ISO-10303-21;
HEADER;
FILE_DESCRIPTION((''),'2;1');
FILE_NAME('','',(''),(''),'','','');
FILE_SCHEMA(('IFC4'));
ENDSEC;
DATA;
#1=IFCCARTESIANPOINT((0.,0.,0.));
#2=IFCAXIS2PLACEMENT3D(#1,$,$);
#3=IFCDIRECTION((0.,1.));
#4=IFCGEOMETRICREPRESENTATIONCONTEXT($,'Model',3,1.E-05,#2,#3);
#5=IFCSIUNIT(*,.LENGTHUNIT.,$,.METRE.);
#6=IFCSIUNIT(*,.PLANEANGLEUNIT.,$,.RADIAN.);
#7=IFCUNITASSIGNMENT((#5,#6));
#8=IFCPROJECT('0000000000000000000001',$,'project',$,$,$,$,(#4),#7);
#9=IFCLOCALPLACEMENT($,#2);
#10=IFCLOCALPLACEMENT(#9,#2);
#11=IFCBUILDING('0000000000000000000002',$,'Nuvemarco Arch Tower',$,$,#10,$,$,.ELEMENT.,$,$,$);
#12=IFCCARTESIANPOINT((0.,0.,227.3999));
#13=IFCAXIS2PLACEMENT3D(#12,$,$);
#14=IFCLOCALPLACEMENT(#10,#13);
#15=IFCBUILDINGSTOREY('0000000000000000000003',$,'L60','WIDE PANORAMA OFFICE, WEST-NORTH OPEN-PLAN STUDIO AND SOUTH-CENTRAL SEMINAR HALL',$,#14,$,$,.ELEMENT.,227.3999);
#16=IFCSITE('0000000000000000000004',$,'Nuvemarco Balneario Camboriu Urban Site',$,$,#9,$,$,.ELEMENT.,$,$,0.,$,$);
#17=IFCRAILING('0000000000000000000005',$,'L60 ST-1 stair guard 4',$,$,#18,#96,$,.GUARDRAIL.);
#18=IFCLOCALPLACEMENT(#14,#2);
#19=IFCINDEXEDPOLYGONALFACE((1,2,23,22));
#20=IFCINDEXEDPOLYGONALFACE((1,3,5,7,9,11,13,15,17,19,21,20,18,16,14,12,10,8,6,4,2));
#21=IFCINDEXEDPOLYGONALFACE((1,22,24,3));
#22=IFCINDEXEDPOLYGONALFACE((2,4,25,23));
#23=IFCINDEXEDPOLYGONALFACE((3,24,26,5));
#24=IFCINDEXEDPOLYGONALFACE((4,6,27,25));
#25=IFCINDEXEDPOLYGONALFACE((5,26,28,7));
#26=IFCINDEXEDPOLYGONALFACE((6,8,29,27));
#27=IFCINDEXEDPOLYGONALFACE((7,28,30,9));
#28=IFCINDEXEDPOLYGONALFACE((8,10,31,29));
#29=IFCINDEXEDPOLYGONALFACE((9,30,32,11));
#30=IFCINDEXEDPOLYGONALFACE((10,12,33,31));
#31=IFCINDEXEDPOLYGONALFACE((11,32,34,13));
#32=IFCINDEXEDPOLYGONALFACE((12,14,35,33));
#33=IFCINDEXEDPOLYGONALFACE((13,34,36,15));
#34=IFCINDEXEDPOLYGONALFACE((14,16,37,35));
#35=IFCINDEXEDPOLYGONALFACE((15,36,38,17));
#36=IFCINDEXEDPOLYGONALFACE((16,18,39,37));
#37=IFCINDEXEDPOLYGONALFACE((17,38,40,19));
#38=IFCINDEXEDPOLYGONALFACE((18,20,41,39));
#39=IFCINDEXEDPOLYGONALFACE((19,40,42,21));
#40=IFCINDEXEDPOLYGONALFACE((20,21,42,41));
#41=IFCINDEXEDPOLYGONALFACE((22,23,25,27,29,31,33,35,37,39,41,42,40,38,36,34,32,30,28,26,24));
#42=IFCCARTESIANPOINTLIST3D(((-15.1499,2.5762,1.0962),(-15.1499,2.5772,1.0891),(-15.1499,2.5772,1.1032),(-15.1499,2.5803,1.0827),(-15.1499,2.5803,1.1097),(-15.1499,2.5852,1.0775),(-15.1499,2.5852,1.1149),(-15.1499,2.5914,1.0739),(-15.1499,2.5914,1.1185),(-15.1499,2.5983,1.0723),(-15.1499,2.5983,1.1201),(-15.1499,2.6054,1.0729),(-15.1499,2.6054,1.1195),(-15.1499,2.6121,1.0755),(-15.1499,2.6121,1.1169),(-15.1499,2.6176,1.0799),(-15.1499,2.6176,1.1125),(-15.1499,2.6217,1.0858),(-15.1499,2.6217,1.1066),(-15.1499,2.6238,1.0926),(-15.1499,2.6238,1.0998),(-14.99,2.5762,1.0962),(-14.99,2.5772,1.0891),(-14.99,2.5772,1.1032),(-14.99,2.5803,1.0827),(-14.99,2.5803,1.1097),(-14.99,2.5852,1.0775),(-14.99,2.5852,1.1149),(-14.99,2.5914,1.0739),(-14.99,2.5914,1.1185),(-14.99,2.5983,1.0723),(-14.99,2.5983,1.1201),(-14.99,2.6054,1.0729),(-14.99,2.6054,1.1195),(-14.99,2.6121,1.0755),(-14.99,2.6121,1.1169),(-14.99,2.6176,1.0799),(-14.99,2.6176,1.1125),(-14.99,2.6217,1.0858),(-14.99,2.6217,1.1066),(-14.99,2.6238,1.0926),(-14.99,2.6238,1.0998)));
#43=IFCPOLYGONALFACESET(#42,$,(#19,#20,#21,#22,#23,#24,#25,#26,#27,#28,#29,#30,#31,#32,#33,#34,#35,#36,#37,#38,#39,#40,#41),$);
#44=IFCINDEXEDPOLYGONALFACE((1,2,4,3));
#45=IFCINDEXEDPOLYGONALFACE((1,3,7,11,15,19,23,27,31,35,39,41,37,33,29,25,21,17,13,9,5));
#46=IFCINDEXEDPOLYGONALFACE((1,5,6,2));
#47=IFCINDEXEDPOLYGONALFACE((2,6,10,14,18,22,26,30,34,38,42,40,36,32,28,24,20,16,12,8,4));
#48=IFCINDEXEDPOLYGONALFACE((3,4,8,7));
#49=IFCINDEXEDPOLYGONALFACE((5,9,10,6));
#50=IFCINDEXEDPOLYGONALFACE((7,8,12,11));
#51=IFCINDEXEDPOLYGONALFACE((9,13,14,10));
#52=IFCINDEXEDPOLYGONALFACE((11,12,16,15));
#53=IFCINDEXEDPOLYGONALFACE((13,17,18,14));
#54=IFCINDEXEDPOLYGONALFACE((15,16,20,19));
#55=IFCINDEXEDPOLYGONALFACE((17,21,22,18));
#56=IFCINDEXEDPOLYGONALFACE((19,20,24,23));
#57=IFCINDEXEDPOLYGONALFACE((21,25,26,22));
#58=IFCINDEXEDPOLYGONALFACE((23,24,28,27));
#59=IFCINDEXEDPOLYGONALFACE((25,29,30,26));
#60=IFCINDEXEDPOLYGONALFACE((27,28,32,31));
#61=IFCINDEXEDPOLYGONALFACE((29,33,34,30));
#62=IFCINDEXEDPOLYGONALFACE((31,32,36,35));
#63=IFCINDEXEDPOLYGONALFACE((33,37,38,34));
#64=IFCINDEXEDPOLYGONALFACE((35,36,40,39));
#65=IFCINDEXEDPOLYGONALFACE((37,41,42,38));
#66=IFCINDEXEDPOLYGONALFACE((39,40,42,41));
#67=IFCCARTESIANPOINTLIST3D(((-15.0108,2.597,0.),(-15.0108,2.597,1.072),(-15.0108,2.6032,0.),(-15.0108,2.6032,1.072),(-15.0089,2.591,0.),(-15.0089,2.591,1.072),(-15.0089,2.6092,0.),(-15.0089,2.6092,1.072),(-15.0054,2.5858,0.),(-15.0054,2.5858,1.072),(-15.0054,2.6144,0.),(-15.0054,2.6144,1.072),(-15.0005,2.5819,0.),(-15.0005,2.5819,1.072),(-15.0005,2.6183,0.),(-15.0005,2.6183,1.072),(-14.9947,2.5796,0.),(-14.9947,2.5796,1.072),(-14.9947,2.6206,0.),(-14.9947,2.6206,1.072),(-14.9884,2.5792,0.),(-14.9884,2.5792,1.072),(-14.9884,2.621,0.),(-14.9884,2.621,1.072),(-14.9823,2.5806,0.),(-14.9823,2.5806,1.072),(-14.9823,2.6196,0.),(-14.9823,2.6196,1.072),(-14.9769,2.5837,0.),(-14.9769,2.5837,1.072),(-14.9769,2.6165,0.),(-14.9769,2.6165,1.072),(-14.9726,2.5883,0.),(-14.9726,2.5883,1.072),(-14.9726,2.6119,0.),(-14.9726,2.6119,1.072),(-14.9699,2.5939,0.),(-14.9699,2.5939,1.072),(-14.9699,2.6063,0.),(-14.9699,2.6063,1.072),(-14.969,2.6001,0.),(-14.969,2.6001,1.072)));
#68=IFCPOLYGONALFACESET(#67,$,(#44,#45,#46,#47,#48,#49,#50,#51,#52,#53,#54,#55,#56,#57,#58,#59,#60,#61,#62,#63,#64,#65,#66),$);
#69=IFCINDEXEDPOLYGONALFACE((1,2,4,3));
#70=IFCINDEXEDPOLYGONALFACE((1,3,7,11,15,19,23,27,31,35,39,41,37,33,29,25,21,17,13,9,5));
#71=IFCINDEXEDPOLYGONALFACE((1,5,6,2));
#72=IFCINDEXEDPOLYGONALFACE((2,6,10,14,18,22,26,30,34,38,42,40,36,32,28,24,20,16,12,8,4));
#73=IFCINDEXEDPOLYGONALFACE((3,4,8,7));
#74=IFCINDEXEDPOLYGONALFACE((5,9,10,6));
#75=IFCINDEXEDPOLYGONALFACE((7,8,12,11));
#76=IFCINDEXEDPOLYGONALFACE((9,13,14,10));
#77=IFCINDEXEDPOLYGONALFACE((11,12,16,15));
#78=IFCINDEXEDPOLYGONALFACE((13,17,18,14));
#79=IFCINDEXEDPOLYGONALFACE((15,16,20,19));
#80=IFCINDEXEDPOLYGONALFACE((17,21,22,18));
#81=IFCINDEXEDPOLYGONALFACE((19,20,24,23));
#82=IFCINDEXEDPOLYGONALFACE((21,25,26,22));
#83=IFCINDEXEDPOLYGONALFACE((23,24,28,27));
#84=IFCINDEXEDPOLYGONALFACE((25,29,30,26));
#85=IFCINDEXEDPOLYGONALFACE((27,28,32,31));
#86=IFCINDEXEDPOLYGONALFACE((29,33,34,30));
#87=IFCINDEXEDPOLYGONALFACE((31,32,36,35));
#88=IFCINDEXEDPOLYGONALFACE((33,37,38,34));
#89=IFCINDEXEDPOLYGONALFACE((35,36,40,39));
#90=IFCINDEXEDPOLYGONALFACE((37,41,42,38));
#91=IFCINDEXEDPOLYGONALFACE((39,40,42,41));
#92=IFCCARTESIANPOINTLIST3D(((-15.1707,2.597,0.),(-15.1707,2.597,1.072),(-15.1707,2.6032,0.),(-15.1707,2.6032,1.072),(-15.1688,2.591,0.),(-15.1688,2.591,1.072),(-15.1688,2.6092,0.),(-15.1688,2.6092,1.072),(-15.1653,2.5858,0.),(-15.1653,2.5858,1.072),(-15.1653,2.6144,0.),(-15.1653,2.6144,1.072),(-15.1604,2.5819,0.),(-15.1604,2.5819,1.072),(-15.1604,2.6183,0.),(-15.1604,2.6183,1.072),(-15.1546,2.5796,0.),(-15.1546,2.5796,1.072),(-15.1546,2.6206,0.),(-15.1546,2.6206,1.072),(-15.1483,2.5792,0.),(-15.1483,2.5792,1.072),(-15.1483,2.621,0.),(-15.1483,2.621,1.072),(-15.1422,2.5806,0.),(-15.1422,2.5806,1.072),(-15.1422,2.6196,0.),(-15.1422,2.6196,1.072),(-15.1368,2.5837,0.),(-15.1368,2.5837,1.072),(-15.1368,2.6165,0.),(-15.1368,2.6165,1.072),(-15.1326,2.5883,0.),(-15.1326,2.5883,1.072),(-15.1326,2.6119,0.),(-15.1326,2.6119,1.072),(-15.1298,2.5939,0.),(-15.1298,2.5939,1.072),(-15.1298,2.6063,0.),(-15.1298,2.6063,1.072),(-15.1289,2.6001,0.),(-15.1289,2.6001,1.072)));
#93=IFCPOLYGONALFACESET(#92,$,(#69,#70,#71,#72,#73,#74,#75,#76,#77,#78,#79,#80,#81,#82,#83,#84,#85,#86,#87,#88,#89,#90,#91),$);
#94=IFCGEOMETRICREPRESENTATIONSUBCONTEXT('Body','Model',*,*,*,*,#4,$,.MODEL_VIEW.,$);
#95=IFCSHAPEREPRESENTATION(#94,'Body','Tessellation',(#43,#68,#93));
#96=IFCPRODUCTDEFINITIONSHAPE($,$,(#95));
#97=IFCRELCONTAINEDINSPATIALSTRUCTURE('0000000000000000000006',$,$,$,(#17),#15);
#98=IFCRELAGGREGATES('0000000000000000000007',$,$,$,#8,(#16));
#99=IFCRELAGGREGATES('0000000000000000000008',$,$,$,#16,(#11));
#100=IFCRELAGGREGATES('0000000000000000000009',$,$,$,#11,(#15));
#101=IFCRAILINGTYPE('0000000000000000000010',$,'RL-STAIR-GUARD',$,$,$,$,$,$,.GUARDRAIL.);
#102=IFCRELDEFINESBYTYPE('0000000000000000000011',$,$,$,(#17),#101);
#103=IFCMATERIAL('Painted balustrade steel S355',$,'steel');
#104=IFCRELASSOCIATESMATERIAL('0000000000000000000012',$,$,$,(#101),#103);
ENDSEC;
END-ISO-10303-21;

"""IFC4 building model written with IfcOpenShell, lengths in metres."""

from ifc_helpers import new_model, si_unit, direction, frame, origin, origin_2d, place, context, subcontext, project, spatial, circle, extrude, material, type_object, element, save


model = new_model("IFC4")

# Units and contexts
model_context = context("Model", 3, precision=1e-05, world=origin(), true_north=direction((0.0, 1.0)))
body_context = subcontext(model_context, "Body", "Model", "MODEL_VIEW")
ifc_project = project(units=[si_unit("LENGTHUNIT", "METRE"), si_unit("PLANEANGLEUNIT", "RADIAN")], contexts=[model_context])

# Site, building, storey
site_placement = place(None, origin())
site = spatial("IfcSite", under=ifc_project, at=site_placement, Name="Nuvemarco Balneario Camboriu Urban Site", CompositionType="ELEMENT", RefElevation=0.0)
building_placement = place(site_placement, origin())
building = spatial("IfcBuilding", under=site, at=building_placement, Name="Nuvemarco Arch Tower", CompositionType="ELEMENT")
storey_placement = place(building_placement, frame((0.0, 0.0, 227.3999)))
storey = spatial("IfcBuildingStorey", under=building, at=storey_placement, Name="L60", Description="WIDE PANORAMA OFFICE, WEST-NORTH OPEN-PLAN STUDIO AND SOUTH-CENTRAL SEMINAR HALL", CompositionType="ELEMENT", Elevation=227.3999)

# Railing
ifc_material_1 = material(Name="Painted balustrade steel S355", Category="steel")
railing_type_1 = type_object("IfcRailingType", Name="RL-STAIR-GUARD", PredefinedType="GUARDRAIL", material=ifc_material_1)
railing_1_placement = place(storey_placement, frame((-14.99, 2.6001, 0.0)))
element("IfcRailing", 1, at=railing_1_placement, inside=storey, type_object=railing_type_1, Name="L60 ST-1 stair guard 4", PredefinedType="GUARDRAIL", context=body_context, shape_type="SweptSolid", body=[
    extrude(circle(Radius=0.0239, at=origin_2d()), frame((0.0, 0.0, 1.0962), z_axis=(-1.0, 0.0, 0.0), x_axis=(0.0, -1.0, 0.0)), (0.0, 0.0, 1.0), 0.1599),
    extrude(circle(Radius=0.021, at=origin_2d()), origin(), (0.0, 0.0, 1.0), 1.072),
    extrude(circle(Radius=0.021, at=origin_2d()), frame((-0.1599, 0.0, 0.0)), (0.0, 0.0, 1.0), 1.072),
])

save(model, "model.ifc")
